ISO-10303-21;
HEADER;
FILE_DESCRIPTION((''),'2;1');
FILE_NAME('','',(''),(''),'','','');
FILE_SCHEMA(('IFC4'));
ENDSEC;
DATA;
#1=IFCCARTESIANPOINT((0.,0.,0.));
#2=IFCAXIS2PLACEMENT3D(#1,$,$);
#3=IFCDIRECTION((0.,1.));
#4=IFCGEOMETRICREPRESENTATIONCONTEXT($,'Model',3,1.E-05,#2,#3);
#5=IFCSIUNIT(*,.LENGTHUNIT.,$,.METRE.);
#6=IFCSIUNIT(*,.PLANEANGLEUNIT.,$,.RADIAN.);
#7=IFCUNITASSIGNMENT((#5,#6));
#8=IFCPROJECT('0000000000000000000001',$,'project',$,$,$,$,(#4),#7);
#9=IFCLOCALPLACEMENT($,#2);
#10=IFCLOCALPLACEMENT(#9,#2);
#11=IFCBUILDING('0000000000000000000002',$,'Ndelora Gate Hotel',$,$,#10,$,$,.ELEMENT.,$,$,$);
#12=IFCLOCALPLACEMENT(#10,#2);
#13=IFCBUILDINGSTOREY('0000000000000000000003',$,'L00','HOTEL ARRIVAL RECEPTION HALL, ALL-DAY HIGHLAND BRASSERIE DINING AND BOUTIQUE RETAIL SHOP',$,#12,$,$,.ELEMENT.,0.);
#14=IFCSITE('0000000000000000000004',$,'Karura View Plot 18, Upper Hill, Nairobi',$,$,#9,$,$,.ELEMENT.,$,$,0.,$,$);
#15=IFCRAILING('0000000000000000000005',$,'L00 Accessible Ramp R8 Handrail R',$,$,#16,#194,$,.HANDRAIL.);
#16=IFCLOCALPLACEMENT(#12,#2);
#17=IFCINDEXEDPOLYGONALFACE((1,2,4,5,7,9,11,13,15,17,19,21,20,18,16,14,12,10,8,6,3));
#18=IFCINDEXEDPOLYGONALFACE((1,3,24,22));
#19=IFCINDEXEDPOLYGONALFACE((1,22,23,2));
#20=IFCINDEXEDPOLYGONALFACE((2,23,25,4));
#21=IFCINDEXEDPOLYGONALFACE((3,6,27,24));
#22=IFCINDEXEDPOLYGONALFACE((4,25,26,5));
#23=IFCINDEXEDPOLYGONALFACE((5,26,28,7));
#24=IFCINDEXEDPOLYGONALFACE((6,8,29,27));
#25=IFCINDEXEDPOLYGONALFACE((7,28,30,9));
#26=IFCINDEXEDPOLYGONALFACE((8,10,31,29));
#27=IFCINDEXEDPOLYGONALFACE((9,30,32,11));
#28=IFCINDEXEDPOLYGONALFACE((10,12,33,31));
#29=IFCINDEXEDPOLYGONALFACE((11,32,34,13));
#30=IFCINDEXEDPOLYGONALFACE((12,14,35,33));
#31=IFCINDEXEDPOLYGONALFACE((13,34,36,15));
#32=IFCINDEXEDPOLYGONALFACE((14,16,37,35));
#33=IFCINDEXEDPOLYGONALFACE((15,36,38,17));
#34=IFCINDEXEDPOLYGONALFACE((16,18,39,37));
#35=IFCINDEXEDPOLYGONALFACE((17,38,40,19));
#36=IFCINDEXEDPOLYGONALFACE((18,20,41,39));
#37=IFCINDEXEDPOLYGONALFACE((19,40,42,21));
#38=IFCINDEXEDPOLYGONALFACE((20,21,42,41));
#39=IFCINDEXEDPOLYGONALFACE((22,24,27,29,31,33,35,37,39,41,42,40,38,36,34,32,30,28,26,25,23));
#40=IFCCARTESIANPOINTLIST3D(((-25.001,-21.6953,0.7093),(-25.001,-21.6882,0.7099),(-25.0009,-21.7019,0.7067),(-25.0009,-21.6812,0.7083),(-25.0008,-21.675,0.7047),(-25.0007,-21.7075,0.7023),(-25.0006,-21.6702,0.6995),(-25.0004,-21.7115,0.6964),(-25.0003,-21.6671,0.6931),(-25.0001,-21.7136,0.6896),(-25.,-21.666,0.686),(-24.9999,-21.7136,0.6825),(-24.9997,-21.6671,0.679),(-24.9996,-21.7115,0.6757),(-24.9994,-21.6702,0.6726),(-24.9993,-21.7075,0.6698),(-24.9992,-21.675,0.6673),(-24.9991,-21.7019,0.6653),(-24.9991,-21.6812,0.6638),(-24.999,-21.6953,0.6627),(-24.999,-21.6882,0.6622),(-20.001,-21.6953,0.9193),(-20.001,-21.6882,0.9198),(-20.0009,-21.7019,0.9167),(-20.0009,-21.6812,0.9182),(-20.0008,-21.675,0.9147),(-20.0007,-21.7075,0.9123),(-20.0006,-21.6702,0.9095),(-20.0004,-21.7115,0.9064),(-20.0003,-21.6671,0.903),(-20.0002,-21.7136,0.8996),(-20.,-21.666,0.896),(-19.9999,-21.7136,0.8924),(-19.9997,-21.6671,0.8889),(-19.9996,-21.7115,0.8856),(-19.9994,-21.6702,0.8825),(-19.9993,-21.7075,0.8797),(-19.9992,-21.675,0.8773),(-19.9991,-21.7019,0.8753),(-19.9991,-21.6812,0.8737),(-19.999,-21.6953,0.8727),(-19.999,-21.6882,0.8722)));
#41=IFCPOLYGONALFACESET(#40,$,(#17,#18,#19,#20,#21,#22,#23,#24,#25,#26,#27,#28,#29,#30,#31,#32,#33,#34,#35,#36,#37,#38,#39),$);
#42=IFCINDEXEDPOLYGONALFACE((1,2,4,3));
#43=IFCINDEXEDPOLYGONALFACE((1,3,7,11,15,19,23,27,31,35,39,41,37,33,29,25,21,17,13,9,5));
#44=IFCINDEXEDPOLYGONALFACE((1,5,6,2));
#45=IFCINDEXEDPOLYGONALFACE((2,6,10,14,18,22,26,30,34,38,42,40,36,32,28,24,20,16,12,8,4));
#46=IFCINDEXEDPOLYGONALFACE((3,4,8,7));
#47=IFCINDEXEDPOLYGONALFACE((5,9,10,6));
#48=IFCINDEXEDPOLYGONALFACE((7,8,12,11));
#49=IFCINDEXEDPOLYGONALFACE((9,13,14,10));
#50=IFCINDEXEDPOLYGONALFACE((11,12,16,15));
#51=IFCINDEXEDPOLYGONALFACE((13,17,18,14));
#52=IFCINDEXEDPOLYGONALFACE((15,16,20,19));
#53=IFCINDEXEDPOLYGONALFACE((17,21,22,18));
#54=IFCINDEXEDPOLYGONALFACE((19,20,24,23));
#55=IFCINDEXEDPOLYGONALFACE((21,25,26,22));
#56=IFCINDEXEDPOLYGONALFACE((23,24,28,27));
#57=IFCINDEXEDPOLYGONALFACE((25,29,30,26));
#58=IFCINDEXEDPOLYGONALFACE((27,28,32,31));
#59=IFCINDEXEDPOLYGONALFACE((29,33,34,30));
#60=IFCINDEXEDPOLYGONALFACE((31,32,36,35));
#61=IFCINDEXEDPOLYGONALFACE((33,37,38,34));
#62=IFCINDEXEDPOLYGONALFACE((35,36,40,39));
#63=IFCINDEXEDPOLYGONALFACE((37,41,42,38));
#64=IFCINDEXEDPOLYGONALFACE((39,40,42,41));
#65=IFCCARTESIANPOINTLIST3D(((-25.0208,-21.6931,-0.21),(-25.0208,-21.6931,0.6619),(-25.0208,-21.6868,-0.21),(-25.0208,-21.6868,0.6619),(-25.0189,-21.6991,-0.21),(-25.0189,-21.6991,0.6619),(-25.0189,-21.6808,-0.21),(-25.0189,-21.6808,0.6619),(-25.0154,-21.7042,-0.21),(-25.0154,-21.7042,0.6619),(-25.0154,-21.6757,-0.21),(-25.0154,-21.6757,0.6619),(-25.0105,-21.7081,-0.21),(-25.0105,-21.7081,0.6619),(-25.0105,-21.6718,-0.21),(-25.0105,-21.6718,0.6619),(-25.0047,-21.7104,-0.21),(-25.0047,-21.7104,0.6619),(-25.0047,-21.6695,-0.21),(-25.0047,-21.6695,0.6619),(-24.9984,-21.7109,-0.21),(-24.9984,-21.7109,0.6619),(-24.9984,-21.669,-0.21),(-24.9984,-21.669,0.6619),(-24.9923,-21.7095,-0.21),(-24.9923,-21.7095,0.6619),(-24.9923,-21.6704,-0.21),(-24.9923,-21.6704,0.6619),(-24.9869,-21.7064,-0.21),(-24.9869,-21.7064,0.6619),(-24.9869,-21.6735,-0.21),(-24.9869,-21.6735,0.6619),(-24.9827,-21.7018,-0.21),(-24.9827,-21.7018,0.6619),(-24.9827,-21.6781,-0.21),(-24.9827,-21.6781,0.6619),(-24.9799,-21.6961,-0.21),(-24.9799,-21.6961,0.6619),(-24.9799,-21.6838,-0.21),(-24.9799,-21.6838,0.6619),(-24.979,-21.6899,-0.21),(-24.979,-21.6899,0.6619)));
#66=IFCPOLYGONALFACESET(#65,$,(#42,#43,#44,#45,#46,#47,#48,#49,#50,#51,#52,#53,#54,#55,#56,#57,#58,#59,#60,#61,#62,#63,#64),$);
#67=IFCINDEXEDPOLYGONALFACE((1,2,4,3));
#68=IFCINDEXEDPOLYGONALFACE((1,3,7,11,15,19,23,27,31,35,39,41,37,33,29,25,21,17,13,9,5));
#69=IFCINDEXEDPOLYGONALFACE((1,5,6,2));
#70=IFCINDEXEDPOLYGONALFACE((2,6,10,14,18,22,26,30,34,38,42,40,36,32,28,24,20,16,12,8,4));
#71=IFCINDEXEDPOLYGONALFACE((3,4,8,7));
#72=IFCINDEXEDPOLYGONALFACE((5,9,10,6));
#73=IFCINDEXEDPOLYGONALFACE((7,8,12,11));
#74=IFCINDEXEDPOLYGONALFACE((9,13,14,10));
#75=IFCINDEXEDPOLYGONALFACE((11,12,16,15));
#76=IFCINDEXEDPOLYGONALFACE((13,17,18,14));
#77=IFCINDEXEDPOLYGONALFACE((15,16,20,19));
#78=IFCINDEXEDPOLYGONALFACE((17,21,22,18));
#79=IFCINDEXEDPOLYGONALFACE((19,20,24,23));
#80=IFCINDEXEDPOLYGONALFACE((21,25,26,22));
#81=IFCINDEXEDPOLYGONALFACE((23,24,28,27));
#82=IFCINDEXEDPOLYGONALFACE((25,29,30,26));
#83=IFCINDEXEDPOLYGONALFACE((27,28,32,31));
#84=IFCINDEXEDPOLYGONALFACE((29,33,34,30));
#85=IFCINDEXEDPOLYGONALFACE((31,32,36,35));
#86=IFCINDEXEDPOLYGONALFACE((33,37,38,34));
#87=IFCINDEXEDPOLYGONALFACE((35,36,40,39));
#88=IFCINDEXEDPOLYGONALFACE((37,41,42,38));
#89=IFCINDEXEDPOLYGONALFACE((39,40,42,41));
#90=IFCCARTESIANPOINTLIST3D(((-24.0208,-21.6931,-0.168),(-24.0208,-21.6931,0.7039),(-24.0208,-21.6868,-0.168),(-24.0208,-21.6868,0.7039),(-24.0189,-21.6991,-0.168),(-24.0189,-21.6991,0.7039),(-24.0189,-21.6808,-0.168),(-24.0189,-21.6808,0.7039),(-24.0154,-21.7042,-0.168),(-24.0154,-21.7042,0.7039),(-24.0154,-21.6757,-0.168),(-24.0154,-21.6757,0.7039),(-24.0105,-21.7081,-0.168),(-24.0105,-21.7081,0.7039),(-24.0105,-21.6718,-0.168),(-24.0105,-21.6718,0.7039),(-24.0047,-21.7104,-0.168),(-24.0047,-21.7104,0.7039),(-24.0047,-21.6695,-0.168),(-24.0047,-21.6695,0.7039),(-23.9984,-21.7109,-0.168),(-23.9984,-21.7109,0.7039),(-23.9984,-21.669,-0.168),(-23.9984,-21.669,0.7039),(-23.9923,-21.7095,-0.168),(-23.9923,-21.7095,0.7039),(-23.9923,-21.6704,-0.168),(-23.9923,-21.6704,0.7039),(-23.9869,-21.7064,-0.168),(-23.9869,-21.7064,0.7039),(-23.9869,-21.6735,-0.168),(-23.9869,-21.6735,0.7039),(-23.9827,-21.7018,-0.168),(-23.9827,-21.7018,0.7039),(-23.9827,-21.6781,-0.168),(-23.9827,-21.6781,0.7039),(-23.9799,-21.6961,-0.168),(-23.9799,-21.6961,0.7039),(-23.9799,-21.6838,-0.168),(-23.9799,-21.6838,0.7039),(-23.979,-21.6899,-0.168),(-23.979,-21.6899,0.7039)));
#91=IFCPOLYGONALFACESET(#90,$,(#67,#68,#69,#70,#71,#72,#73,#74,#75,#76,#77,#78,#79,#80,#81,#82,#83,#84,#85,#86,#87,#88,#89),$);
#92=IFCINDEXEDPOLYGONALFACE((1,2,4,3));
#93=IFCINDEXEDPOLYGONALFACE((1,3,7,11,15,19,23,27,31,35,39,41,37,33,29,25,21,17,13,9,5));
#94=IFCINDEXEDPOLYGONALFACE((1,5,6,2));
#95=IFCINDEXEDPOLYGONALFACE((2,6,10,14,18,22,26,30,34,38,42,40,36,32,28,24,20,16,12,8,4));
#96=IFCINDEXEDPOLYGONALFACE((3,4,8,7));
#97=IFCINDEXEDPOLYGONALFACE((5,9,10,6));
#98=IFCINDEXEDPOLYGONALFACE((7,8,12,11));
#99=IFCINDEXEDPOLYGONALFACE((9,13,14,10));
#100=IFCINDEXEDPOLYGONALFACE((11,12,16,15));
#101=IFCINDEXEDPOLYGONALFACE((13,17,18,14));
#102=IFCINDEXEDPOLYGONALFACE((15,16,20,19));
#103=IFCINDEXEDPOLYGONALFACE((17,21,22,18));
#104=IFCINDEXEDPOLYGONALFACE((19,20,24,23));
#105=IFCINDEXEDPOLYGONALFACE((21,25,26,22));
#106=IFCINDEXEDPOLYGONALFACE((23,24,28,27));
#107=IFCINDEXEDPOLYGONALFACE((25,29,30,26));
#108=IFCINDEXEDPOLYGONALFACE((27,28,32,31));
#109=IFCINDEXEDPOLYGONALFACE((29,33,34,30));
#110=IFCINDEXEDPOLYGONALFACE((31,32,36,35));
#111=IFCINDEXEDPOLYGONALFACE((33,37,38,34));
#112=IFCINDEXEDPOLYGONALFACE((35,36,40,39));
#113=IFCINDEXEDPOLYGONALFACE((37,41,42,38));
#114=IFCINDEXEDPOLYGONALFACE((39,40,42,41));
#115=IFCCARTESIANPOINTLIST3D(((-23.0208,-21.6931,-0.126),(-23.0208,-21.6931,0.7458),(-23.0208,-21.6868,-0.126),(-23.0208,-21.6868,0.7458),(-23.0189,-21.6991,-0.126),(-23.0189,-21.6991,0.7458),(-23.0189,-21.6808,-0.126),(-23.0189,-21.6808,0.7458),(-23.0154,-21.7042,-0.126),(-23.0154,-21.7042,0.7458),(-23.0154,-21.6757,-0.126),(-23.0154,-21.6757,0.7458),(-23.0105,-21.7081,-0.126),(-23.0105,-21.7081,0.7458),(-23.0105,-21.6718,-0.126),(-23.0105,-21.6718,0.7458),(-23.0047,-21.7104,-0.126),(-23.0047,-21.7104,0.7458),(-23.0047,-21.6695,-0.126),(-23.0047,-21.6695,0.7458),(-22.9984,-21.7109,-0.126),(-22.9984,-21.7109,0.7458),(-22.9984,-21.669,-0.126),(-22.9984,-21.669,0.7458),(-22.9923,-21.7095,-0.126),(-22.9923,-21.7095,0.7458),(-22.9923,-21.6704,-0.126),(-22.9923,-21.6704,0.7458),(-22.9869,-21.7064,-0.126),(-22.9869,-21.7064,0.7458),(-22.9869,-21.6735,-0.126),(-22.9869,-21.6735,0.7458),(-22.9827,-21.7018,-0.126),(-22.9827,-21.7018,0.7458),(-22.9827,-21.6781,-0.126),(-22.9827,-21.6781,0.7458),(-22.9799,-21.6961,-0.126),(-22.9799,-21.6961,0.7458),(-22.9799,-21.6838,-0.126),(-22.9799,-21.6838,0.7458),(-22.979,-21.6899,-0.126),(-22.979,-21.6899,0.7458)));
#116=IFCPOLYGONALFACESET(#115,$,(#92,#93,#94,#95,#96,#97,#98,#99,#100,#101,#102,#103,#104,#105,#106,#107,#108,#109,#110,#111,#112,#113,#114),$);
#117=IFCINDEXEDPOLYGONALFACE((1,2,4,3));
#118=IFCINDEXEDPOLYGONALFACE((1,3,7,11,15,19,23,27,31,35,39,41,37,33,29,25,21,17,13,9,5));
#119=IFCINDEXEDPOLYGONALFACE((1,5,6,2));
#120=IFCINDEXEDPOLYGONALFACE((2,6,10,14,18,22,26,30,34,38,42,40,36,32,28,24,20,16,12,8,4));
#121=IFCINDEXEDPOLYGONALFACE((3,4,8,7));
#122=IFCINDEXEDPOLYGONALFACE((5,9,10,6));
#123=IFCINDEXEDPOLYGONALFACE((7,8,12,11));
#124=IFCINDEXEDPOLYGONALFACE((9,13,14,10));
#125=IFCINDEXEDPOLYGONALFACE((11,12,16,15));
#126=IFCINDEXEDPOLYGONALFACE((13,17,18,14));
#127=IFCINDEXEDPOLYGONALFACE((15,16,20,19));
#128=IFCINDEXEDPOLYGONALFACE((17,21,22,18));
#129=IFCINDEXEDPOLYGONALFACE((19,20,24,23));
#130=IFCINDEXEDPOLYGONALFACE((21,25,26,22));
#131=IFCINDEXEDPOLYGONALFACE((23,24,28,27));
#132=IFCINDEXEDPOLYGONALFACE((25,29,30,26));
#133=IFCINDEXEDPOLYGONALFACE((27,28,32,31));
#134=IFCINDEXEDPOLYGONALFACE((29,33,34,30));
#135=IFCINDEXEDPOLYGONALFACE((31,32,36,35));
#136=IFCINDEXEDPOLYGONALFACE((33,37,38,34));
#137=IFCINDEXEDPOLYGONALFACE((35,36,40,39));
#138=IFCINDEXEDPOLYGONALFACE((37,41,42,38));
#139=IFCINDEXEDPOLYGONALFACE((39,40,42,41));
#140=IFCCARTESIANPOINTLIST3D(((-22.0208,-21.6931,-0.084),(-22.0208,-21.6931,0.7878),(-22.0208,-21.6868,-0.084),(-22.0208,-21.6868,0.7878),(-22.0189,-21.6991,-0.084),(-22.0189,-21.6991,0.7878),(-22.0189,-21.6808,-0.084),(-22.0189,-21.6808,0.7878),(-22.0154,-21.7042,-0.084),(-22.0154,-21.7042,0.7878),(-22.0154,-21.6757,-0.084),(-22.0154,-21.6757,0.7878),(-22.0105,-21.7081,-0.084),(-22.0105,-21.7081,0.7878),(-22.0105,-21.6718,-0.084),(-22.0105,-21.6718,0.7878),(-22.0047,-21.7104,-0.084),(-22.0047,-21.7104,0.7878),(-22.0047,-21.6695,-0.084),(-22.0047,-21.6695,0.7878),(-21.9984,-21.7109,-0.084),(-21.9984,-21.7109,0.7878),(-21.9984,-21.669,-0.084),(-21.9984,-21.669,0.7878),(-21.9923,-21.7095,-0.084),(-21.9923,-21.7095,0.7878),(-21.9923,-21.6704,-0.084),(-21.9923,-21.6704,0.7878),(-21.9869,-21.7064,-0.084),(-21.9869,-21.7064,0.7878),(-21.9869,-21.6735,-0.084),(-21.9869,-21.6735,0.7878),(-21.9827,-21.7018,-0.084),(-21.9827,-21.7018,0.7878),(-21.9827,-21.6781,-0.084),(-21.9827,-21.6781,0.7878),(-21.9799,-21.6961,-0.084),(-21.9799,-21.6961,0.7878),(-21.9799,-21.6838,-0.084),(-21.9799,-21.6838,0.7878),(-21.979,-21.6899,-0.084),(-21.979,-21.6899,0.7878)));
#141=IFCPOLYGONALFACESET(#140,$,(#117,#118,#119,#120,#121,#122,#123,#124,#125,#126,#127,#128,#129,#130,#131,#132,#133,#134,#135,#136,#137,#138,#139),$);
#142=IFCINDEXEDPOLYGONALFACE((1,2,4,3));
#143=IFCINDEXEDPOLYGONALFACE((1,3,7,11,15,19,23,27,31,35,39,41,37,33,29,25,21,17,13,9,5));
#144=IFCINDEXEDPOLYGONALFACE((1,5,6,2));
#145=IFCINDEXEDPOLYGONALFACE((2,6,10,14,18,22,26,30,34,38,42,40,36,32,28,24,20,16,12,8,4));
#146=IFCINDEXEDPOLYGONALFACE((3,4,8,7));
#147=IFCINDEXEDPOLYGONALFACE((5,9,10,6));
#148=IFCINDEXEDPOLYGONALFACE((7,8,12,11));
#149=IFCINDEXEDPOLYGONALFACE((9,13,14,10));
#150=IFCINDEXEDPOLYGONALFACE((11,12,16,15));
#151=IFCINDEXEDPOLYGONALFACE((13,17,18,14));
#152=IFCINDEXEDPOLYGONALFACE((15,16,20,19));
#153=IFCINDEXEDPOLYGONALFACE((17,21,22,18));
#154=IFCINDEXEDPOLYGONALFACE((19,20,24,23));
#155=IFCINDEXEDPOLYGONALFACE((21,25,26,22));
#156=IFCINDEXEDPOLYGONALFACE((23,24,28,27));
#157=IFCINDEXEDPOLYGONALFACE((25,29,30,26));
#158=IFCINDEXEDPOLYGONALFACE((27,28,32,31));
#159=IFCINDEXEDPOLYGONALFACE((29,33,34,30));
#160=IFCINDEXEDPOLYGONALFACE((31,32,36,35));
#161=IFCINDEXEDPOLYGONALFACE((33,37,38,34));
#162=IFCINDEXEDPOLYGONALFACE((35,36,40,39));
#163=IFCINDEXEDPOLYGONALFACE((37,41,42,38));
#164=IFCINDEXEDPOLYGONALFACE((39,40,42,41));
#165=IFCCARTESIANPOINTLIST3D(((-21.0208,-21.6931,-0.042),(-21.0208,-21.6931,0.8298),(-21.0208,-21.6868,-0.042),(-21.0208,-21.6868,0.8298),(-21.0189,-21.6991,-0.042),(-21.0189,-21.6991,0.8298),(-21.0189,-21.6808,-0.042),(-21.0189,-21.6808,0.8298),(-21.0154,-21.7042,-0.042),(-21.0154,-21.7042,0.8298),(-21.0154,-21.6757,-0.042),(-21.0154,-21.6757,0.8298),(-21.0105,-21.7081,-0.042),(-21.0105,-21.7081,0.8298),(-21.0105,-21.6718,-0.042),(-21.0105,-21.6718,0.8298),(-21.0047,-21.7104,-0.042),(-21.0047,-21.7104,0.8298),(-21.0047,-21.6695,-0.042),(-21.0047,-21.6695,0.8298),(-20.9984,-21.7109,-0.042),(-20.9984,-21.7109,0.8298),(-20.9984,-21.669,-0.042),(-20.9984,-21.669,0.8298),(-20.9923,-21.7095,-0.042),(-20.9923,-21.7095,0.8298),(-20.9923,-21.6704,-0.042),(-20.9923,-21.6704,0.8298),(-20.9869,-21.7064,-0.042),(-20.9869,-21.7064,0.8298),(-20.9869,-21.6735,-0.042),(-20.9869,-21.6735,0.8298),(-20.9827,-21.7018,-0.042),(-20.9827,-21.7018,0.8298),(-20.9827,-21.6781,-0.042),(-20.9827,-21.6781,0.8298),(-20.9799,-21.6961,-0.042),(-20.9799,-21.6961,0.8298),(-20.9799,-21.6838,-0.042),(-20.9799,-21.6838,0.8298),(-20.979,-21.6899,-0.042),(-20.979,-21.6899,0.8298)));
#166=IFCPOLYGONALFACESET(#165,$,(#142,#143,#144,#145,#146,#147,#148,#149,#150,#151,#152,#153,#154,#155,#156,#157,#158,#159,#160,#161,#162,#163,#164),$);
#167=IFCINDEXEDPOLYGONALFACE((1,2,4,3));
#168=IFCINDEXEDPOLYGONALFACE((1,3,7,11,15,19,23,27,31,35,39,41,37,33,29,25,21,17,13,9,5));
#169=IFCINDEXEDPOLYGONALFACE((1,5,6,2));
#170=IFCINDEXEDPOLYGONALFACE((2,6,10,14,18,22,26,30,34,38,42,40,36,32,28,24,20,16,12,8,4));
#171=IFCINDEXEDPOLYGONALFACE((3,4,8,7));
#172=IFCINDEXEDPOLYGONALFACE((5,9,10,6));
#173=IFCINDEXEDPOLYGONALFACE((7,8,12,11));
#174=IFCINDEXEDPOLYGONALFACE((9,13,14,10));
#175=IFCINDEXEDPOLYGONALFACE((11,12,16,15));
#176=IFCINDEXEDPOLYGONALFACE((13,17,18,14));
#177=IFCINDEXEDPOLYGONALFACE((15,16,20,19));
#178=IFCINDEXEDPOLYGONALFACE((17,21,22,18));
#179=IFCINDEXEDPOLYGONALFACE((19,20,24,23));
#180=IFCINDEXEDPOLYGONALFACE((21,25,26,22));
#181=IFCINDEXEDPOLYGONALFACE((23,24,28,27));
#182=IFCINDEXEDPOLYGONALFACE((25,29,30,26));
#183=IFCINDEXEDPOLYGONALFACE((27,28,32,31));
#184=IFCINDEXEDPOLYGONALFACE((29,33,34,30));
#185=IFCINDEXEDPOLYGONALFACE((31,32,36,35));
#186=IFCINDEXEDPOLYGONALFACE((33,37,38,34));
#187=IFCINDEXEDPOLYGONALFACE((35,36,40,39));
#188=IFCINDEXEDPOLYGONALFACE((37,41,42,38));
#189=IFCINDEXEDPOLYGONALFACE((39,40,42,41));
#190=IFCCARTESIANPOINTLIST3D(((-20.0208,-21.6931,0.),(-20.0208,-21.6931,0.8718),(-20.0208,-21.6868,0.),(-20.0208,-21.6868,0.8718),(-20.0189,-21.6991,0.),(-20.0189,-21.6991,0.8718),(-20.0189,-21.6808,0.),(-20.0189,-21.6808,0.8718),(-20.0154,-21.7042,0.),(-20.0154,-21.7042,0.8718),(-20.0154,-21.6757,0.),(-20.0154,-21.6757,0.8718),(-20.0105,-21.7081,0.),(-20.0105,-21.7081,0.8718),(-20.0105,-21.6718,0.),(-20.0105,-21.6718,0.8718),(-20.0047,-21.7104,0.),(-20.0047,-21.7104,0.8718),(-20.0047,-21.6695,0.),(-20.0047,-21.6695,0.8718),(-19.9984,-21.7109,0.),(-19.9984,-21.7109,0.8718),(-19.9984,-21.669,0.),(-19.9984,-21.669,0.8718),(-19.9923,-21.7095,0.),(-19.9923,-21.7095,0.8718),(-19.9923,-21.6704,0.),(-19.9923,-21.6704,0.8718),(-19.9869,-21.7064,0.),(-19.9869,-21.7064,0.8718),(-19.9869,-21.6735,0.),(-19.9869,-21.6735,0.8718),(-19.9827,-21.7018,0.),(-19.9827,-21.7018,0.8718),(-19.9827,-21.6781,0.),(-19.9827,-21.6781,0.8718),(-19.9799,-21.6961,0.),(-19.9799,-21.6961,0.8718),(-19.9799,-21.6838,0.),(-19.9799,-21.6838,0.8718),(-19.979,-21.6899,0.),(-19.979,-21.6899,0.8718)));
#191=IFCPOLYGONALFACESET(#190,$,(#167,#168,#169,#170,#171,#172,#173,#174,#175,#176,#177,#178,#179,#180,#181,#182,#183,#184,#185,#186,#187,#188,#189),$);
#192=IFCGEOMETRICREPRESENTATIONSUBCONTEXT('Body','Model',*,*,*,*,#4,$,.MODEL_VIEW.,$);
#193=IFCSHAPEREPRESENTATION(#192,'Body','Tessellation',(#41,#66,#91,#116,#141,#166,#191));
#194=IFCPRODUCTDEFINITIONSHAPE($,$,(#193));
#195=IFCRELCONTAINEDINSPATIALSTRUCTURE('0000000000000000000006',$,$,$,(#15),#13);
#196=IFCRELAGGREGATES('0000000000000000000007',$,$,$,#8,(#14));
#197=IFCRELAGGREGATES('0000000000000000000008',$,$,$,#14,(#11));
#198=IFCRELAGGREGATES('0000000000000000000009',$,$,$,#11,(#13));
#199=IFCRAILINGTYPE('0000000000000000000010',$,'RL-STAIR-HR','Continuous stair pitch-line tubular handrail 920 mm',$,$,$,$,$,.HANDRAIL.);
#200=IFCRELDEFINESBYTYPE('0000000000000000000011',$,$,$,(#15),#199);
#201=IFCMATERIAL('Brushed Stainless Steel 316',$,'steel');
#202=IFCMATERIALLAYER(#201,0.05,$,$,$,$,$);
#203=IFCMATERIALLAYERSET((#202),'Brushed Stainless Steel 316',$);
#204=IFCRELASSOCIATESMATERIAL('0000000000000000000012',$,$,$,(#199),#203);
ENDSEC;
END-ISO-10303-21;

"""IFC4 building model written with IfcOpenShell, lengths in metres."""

from ifc_helpers import new_model, si_unit, direction, frame, origin, origin_2d, place, context, subcontext, project, spatial, circle, extrude, material, layer, layer_set, type_object, element, save


model = new_model("IFC4")

# Units and contexts
model_context = context("Model", 3, precision=1e-05, world=origin(), true_north=direction((0.0, 1.0)))
body_context = subcontext(model_context, "Body", "Model", "MODEL_VIEW")
ifc_project = project(units=[si_unit("LENGTHUNIT", "METRE"), si_unit("PLANEANGLEUNIT", "RADIAN")], contexts=[model_context])

# Site, building, storey
site_placement = place(None, origin())
site = spatial("IfcSite", under=ifc_project, at=site_placement, Name="Karura View Plot 18, Upper Hill, Nairobi", CompositionType="ELEMENT", RefElevation=0.0)
building_placement = place(site_placement, origin())
building = spatial("IfcBuilding", under=site, at=building_placement, Name="Ndelora Gate Hotel", CompositionType="ELEMENT")
storey_placement = place(building_placement, origin())
storey = spatial("IfcBuildingStorey", under=building, at=storey_placement, Name="L00", Description="HOTEL ARRIVAL RECEPTION HALL, ALL-DAY HIGHLAND BRASSERIE DINING AND BOUTIQUE RETAIL SHOP", CompositionType="ELEMENT", Elevation=0.0)

# Railing
ifc_material_1 = material(Name="Brushed Stainless Steel 316", Category="steel")
ifc_layer_1 = layer(ifc_material_1, 0.05)
ifc_layer_set_1 = layer_set([ifc_layer_1], Name="Brushed Stainless Steel 316")
railing_type = type_object("IfcRailingType", Name="RL-STAIR-HR", Description="Continuous stair pitch-line tubular handrail 920 mm", PredefinedType="HANDRAIL", material=ifc_layer_set_1)
for number, where, name in (
    (1, (-25.0, -21.6899, -0.21), "L00 Accessible Ramp R8 Handrail R"),
):
    element("IfcRailing", number, at=place(storey_placement, frame(where)), inside=storey, type_object=railing_type, Name=name, PredefinedType="HANDRAIL", context=body_context, shape_type="SweptSolid", body=[
        extrude(circle(Radius=0.0239, at=origin_2d()), frame((0.0, 0.0, 0.896), z_axis=(0.999119, 0.0, 0.041955), x_axis=(0.0, 1.0, 0.0)), (0.0, 0.0, 1.0), 5.0044),
        extrude(circle(Radius=0.021, at=origin_2d()), origin(), (0.0, 0.0, 1.0), 0.8718),
        extrude(circle(Radius=0.021, at=origin_2d()), frame((1.0, 0.0, 0.042)), (0.0, 0.0, 1.0), 0.8718),
        extrude(circle(Radius=0.021, at=origin_2d()), frame((2.0, 0.0, 0.084)), (0.0, 0.0, 1.0), 0.8718),
        extrude(circle(Radius=0.021, at=origin_2d()), frame((3.0, 0.0, 0.126)), (0.0, 0.0, 1.0), 0.8718),
        extrude(circle(Radius=0.021, at=origin_2d()), frame((4.0, 0.0, 0.168)), (0.0, 0.0, 1.0), 0.8718),
        extrude(circle(Radius=0.021, at=origin_2d()), frame((5.0, 0.0, 0.21)), (0.0, 0.0, 1.0), 0.8718),
    ])

save(model, "model.ifc")
